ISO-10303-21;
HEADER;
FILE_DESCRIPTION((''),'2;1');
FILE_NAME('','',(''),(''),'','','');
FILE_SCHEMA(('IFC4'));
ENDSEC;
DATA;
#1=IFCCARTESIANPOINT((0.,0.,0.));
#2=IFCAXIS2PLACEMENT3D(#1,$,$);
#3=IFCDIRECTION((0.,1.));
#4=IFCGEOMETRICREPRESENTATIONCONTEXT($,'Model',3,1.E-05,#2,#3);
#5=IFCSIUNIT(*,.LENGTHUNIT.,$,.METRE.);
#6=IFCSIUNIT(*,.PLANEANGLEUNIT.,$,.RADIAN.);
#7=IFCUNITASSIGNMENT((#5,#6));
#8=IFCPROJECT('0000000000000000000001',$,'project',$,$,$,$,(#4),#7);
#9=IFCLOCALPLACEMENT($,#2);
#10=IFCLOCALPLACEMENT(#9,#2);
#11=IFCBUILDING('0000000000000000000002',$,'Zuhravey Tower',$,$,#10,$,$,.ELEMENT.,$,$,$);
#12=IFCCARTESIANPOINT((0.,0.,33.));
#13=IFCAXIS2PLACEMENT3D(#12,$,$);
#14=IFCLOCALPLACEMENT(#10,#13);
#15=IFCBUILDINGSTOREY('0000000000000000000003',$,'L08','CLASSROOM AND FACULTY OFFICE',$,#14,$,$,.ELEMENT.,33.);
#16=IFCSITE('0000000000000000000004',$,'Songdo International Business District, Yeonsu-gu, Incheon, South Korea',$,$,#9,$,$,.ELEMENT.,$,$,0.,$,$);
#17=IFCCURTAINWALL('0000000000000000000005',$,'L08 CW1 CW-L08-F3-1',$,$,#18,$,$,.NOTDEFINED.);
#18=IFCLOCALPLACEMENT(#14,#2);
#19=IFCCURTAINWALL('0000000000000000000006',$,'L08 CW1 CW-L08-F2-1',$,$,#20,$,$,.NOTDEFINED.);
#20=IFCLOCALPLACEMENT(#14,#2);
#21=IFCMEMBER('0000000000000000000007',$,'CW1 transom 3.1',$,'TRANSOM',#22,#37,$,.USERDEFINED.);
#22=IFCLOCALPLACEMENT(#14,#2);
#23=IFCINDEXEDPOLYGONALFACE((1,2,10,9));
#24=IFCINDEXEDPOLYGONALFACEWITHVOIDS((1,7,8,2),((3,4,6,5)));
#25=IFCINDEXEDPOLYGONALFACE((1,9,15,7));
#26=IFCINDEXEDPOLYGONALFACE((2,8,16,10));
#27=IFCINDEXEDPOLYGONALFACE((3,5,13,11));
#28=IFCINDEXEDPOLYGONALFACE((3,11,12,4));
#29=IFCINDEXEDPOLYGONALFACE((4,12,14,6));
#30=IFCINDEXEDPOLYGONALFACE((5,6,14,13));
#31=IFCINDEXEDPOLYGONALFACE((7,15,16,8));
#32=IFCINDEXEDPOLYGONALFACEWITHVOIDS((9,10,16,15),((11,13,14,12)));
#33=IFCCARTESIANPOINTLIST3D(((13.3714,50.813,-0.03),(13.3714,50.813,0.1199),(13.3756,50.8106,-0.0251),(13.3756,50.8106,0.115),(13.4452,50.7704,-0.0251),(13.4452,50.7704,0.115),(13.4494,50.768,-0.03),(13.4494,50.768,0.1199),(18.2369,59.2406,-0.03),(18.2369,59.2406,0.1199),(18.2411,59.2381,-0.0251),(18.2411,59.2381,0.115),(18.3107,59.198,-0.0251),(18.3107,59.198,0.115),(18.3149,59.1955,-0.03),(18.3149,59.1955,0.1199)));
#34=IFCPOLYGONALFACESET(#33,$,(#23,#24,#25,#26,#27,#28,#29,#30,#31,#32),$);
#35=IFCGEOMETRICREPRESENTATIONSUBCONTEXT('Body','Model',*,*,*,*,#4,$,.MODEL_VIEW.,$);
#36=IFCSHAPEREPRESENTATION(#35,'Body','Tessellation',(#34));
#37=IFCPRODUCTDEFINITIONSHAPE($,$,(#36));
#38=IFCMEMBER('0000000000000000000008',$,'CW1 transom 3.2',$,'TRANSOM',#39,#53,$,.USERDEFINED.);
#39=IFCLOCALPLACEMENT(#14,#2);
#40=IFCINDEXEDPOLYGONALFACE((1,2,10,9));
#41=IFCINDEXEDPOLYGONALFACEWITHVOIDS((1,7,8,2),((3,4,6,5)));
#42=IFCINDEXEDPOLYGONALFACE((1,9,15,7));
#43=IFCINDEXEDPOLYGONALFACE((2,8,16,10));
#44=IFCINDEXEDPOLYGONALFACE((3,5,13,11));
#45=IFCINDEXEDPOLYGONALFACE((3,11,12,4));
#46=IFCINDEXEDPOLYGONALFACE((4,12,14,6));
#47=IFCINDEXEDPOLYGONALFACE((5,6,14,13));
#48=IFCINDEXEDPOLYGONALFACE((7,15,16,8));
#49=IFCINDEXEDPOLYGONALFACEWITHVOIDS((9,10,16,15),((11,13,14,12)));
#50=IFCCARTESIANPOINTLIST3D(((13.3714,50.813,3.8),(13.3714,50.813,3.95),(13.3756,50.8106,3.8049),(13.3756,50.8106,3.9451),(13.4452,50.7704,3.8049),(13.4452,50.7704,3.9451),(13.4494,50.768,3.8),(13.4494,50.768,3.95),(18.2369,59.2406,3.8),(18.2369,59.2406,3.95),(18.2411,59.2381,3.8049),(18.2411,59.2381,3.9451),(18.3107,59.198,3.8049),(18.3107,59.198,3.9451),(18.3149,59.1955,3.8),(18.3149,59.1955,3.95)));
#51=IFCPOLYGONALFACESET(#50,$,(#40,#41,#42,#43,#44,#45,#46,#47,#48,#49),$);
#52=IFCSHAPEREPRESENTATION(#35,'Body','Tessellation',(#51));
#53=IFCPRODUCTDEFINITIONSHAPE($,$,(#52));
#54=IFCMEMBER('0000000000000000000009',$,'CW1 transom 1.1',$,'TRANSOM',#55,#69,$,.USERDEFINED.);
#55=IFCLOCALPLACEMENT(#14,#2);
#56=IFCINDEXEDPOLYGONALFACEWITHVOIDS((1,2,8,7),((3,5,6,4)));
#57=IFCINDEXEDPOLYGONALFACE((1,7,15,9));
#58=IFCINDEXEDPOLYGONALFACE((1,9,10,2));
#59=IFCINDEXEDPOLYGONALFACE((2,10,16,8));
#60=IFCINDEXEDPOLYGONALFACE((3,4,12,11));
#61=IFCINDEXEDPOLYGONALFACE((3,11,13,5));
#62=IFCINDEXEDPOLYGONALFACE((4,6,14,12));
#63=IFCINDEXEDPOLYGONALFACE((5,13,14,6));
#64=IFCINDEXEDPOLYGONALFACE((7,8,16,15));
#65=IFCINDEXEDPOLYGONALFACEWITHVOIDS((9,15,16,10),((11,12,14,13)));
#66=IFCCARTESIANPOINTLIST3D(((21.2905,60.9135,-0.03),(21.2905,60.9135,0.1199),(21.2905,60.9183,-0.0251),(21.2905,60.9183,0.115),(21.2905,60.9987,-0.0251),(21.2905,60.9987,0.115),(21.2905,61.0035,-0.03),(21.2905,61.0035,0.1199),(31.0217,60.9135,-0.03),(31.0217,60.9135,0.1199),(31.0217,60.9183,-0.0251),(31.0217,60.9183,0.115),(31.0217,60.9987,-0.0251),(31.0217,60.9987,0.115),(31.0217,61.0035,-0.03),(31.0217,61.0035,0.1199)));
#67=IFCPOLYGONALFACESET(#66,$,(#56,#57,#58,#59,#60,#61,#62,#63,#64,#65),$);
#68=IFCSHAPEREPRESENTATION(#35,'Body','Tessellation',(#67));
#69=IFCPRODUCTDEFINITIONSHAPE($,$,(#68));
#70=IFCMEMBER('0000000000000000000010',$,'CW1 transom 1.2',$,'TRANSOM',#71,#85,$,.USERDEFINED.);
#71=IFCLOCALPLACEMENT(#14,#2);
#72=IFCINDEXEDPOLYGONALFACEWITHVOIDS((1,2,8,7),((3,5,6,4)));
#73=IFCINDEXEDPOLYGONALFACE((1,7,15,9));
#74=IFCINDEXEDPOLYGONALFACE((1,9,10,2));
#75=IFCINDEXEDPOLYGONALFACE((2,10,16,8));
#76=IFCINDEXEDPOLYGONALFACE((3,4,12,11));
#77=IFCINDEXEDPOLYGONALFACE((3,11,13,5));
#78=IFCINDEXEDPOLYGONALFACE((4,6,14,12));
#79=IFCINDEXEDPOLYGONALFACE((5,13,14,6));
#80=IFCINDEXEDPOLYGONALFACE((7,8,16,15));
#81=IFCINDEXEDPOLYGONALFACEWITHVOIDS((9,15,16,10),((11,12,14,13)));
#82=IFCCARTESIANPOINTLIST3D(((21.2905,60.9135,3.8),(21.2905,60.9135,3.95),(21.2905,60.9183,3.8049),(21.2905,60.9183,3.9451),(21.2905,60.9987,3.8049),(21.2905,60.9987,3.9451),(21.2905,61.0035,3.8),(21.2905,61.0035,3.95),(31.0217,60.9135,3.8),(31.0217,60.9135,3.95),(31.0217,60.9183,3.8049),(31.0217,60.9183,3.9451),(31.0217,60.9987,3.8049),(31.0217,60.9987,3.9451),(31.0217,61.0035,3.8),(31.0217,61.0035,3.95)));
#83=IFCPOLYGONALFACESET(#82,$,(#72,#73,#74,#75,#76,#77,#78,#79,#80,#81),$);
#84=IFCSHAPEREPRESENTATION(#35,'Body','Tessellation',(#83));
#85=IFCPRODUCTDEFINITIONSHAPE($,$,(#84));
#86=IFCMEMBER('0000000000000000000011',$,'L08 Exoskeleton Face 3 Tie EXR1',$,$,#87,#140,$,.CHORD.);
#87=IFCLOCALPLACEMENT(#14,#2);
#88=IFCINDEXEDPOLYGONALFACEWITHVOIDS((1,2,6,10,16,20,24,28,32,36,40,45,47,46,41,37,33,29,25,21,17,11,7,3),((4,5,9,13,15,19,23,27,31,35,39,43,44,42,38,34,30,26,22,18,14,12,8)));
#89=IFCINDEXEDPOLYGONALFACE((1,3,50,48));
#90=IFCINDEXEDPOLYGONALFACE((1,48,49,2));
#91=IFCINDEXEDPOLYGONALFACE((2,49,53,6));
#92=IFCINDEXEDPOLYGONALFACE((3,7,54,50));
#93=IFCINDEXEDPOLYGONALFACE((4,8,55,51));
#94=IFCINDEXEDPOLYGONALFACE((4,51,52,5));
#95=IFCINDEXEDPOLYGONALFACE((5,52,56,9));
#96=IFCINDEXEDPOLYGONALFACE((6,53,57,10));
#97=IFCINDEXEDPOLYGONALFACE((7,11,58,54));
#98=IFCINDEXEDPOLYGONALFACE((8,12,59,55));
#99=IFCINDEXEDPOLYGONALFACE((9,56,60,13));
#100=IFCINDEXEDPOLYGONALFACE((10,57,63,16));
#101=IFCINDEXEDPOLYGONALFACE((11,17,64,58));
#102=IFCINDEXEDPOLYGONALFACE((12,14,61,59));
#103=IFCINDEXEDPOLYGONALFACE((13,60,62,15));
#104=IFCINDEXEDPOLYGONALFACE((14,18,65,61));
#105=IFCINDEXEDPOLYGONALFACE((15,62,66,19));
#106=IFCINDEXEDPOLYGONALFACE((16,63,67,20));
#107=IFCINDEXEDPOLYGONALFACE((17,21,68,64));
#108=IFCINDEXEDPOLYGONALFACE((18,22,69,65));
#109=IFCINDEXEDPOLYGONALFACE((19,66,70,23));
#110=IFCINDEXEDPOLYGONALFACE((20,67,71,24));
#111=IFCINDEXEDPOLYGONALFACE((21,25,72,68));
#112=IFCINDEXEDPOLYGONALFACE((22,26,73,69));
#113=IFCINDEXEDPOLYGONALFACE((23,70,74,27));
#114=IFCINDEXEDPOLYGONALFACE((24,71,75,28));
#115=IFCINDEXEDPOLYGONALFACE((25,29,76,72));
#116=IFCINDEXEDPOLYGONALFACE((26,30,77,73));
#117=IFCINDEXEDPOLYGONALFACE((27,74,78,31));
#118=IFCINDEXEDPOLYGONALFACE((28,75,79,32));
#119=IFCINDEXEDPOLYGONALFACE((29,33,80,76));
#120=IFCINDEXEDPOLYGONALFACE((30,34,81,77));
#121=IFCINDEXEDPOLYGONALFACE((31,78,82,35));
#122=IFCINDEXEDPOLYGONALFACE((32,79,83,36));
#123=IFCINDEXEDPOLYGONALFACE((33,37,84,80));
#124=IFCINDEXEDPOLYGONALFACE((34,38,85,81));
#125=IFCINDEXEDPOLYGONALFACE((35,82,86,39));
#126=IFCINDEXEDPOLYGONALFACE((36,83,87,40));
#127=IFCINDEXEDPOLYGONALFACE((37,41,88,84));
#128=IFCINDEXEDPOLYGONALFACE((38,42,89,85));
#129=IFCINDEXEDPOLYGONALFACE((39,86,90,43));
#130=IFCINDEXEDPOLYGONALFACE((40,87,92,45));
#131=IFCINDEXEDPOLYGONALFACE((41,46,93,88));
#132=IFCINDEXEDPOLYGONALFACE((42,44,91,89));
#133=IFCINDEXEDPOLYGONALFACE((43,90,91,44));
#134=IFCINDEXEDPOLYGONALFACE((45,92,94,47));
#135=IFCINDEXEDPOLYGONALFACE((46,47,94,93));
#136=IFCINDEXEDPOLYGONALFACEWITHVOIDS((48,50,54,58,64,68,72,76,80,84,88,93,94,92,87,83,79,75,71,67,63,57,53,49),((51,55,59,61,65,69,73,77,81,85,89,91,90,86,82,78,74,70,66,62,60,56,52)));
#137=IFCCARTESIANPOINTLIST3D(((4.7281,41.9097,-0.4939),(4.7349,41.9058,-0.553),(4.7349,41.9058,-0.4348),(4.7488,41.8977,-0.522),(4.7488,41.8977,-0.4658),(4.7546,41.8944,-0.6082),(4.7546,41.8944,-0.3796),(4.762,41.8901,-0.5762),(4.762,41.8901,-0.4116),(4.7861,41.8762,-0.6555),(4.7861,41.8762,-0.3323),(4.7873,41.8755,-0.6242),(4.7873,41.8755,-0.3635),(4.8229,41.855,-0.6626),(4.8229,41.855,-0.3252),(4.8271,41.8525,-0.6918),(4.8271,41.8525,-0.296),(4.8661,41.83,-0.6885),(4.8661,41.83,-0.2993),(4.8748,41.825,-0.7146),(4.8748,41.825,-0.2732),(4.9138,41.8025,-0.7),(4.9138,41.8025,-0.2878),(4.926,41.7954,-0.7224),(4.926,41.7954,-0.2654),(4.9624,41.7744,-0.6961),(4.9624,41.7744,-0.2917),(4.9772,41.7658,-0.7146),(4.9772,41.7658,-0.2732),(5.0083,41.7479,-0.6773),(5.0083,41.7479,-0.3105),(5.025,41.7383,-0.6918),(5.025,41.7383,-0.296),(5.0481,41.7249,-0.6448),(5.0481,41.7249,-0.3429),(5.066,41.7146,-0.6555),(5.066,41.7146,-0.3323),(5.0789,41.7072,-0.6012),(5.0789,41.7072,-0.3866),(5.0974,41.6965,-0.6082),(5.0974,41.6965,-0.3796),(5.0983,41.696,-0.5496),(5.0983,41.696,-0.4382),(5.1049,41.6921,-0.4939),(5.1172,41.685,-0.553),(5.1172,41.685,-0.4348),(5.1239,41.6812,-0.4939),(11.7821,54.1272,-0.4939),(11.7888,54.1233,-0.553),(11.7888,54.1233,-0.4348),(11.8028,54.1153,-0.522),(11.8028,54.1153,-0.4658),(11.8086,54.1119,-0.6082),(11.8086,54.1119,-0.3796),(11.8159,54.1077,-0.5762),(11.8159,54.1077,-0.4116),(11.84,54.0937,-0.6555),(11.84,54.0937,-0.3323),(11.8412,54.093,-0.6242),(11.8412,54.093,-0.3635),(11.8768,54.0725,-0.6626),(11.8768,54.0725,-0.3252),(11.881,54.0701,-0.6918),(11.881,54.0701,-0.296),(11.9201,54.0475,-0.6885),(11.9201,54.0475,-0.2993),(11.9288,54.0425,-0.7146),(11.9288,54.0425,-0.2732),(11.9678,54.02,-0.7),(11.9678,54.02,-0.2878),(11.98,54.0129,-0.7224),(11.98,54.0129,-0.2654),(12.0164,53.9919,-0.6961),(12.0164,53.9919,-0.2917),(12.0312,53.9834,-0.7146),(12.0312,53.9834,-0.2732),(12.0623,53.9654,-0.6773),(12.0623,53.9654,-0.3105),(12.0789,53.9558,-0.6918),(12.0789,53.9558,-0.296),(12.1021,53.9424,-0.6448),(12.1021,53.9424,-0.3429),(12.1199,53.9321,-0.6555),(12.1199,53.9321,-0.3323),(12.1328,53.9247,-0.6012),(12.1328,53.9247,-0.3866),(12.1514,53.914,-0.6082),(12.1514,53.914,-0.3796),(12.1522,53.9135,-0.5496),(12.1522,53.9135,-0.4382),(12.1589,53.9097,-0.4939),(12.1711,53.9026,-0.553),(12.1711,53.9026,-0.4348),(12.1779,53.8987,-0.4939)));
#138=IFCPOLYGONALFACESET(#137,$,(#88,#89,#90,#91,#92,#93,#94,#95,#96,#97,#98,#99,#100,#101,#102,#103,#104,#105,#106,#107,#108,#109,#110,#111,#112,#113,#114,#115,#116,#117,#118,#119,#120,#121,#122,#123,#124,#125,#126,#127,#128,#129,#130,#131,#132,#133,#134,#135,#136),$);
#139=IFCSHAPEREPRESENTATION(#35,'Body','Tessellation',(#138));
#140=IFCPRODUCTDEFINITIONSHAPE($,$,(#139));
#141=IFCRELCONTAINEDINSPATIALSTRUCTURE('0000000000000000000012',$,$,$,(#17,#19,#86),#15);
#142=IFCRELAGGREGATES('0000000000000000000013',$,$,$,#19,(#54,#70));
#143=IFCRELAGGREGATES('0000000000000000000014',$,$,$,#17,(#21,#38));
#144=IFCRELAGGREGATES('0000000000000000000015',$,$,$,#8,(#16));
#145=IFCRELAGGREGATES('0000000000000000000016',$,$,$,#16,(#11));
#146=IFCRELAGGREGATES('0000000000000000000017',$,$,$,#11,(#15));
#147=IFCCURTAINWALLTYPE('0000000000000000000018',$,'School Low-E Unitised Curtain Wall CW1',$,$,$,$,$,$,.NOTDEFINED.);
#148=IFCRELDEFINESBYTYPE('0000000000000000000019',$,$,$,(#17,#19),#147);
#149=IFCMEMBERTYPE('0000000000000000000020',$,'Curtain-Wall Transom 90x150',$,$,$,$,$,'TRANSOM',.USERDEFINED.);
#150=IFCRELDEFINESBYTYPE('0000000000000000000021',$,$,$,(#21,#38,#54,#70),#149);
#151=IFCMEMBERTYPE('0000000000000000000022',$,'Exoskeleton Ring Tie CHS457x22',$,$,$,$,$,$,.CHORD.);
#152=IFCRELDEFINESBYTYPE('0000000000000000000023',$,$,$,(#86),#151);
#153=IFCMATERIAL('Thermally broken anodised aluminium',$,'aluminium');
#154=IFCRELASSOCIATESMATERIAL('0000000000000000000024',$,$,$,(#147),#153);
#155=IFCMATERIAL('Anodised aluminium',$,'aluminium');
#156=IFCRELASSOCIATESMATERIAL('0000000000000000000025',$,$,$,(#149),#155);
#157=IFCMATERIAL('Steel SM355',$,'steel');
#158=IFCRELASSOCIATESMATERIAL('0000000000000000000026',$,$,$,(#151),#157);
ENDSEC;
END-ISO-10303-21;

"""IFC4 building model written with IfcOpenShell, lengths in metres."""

from ifc_helpers import new_model, si_unit, direction, frame, origin, origin_2d, place, context, subcontext, project, spatial, hollow_rectangle, hollow_circle, extrude, material, material_profile, profile_set, type_object, element, aggregate, save


model = new_model("IFC4")

# Units and contexts
model_context = context("Model", 3, precision=1e-05, world=origin(), true_north=direction((0.0, 1.0)))
body_context = subcontext(model_context, "Body", "Model", "MODEL_VIEW")
ifc_project = project(units=[si_unit("LENGTHUNIT", "METRE"), si_unit("PLANEANGLEUNIT", "RADIAN")], contexts=[model_context])

# Site, building, storey
site_placement = place(None, origin())
site = spatial("IfcSite", under=ifc_project, at=site_placement, Name="Songdo International Business District, Yeonsu-gu, Incheon, South Korea", CompositionType="ELEMENT", RefElevation=0.0)
building_placement = place(site_placement, origin())
building = spatial("IfcBuilding", under=site, at=building_placement, Name="Zuhravey Tower", CompositionType="ELEMENT")
storey_placement = place(building_placement, frame((0.0, 0.0, 33.0)))
storey = spatial("IfcBuildingStorey", under=building, at=storey_placement, Name="L08", Description="CLASSROOM AND FACULTY OFFICE", CompositionType="ELEMENT", Elevation=33.0)

# Curtain wall
ifc_material_1 = material(Name="Thermally broken anodised aluminium", Category="aluminium")
curtain_wall_type = type_object("IfcCurtainWallType", Name="School Low-E Unitised Curtain Wall CW1", PredefinedType="NOTDEFINED", material=ifc_material_1)
curtain_wall_1_placement = place(storey_placement, origin())
curtain_wall_1 = element("IfcCurtainWall", 1, at=curtain_wall_1_placement, inside=storey, type_object=curtain_wall_type, Name="L08 CW1 CW-L08-F3-1", PredefinedType="NOTDEFINED")
ifc_material_2 = material(Name="Anodised aluminium", Category="aluminium")

# Curtain wall
curtain_wall_2_placement = place(storey_placement, origin())
curtain_wall_2 = element("IfcCurtainWall", 2, at=curtain_wall_2_placement, inside=storey, type_object=curtain_wall_type, Name="L08 CW1 CW-L08-F2-1", PredefinedType="NOTDEFINED")

# Members
ifc_material_profile_1 = material_profile(ifc_material_2, hollow_rectangle(XDim=0.0901, YDim=0.1499, WallThickness=0.0049, at=origin_2d()), Name="ALU-RHS-90x150x5")
ifc_profile_set_1 = profile_set([ifc_material_profile_1], Name="Anodised aluminium")
member_type_1 = type_object("IfcMemberType", Name="Curtain-Wall Transom 90x150", ElementType="TRANSOM", PredefinedType="USERDEFINED", material=ifc_profile_set_1)
member_1_placement = place(storey_placement, frame((13.4104, 50.7905, 0.0449), z_axis=(0.49999, 0.866031, 0.0), x_axis=(-0.866031, 0.49999, 0.0)))
member_1 = element("IfcMember", 3, at=member_1_placement, type_object=member_type_1, Name="CW1 transom 3.1", ObjectType="TRANSOM", PredefinedType="USERDEFINED", context=body_context, shape_type="SweptSolid", body=[
    extrude(hollow_rectangle(XDim=0.0901, YDim=0.1499, WallThickness=0.0049, at=origin_2d()), origin(), (0.0, 0.0, 1.0), 9.7312),
])
member_2_placement = place(storey_placement, frame((13.4104, 50.7905, 3.875), z_axis=(0.49999, 0.866031, 0.0), x_axis=(-0.866031, 0.49999, 0.0)))
member_2 = element("IfcMember", 4, at=member_2_placement, type_object=member_type_1, Name="CW1 transom 3.2", ObjectType="TRANSOM", PredefinedType="USERDEFINED", context=body_context, shape_type="SweptSolid", body=[
    extrude(hollow_rectangle(XDim=0.0901, YDim=0.1499, WallThickness=0.0049, at=origin_2d()), origin(), (0.0, 0.0, 1.0), 9.7312),
])
member_3_placement = place(storey_placement, frame((21.2905, 60.9585, 0.0449), z_axis=(1.0, 0.0, 0.0), x_axis=(0.0, 1.0, 0.0)))
member_3 = element("IfcMember", 5, at=member_3_placement, type_object=member_type_1, Name="CW1 transom 1.1", ObjectType="TRANSOM", PredefinedType="USERDEFINED", context=body_context, shape_type="SweptSolid", body=[
    extrude(hollow_rectangle(XDim=0.0901, YDim=0.1499, WallThickness=0.0049, at=origin_2d()), origin(), (0.0, 0.0, 1.0), 9.7312),
])
member_4_placement = place(storey_placement, frame((21.2905, 60.9585, 3.875), z_axis=(1.0, 0.0, 0.0), x_axis=(0.0, 1.0, 0.0)))
member_4 = element("IfcMember", 6, at=member_4_placement, type_object=member_type_1, Name="CW1 transom 1.2", ObjectType="TRANSOM", PredefinedType="USERDEFINED", context=body_context, shape_type="SweptSolid", body=[
    extrude(hollow_rectangle(XDim=0.0901, YDim=0.1499, WallThickness=0.0049, at=origin_2d()), origin(), (0.0, 0.0, 1.0), 9.7312),
])
aggregate(curtain_wall_2, [member_3, member_4])

# Member
ifc_material_3 = material(Name="Steel SM355", Category="steel")
ifc_material_profile_2 = material_profile(ifc_material_3, hollow_circle(Radius=0.2285, WallThickness=0.022, at=origin_2d()), Name="CHS-457.2x22")
ifc_profile_set_2 = profile_set([ifc_material_profile_2], Name="Steel SM355")
member_type_2 = type_object("IfcMemberType", Name="Exoskeleton Ring Tie CHS457x22", PredefinedType="CHORD", material=ifc_profile_set_2)
member_5_placement = place(storey_placement, frame((11.98, 54.0129, -0.4939), z_axis=(-0.500009, -0.86602, 0.0), x_axis=(0.86602, -0.500009, 0.0)))
element("IfcMember", 7, at=member_5_placement, inside=storey, type_object=member_type_2, Name="L08 Exoskeleton Face 3 Tie EXR1", PredefinedType="CHORD", context=body_context, shape_type="SweptSolid", body=[
    extrude(hollow_circle(Radius=0.2285, WallThickness=0.022, at=origin_2d()), origin(), (0.0, 0.0, 1.0), 14.1077),
])

aggregate(curtain_wall_1, [member_1, member_2])

save(model, "model.ifc")
